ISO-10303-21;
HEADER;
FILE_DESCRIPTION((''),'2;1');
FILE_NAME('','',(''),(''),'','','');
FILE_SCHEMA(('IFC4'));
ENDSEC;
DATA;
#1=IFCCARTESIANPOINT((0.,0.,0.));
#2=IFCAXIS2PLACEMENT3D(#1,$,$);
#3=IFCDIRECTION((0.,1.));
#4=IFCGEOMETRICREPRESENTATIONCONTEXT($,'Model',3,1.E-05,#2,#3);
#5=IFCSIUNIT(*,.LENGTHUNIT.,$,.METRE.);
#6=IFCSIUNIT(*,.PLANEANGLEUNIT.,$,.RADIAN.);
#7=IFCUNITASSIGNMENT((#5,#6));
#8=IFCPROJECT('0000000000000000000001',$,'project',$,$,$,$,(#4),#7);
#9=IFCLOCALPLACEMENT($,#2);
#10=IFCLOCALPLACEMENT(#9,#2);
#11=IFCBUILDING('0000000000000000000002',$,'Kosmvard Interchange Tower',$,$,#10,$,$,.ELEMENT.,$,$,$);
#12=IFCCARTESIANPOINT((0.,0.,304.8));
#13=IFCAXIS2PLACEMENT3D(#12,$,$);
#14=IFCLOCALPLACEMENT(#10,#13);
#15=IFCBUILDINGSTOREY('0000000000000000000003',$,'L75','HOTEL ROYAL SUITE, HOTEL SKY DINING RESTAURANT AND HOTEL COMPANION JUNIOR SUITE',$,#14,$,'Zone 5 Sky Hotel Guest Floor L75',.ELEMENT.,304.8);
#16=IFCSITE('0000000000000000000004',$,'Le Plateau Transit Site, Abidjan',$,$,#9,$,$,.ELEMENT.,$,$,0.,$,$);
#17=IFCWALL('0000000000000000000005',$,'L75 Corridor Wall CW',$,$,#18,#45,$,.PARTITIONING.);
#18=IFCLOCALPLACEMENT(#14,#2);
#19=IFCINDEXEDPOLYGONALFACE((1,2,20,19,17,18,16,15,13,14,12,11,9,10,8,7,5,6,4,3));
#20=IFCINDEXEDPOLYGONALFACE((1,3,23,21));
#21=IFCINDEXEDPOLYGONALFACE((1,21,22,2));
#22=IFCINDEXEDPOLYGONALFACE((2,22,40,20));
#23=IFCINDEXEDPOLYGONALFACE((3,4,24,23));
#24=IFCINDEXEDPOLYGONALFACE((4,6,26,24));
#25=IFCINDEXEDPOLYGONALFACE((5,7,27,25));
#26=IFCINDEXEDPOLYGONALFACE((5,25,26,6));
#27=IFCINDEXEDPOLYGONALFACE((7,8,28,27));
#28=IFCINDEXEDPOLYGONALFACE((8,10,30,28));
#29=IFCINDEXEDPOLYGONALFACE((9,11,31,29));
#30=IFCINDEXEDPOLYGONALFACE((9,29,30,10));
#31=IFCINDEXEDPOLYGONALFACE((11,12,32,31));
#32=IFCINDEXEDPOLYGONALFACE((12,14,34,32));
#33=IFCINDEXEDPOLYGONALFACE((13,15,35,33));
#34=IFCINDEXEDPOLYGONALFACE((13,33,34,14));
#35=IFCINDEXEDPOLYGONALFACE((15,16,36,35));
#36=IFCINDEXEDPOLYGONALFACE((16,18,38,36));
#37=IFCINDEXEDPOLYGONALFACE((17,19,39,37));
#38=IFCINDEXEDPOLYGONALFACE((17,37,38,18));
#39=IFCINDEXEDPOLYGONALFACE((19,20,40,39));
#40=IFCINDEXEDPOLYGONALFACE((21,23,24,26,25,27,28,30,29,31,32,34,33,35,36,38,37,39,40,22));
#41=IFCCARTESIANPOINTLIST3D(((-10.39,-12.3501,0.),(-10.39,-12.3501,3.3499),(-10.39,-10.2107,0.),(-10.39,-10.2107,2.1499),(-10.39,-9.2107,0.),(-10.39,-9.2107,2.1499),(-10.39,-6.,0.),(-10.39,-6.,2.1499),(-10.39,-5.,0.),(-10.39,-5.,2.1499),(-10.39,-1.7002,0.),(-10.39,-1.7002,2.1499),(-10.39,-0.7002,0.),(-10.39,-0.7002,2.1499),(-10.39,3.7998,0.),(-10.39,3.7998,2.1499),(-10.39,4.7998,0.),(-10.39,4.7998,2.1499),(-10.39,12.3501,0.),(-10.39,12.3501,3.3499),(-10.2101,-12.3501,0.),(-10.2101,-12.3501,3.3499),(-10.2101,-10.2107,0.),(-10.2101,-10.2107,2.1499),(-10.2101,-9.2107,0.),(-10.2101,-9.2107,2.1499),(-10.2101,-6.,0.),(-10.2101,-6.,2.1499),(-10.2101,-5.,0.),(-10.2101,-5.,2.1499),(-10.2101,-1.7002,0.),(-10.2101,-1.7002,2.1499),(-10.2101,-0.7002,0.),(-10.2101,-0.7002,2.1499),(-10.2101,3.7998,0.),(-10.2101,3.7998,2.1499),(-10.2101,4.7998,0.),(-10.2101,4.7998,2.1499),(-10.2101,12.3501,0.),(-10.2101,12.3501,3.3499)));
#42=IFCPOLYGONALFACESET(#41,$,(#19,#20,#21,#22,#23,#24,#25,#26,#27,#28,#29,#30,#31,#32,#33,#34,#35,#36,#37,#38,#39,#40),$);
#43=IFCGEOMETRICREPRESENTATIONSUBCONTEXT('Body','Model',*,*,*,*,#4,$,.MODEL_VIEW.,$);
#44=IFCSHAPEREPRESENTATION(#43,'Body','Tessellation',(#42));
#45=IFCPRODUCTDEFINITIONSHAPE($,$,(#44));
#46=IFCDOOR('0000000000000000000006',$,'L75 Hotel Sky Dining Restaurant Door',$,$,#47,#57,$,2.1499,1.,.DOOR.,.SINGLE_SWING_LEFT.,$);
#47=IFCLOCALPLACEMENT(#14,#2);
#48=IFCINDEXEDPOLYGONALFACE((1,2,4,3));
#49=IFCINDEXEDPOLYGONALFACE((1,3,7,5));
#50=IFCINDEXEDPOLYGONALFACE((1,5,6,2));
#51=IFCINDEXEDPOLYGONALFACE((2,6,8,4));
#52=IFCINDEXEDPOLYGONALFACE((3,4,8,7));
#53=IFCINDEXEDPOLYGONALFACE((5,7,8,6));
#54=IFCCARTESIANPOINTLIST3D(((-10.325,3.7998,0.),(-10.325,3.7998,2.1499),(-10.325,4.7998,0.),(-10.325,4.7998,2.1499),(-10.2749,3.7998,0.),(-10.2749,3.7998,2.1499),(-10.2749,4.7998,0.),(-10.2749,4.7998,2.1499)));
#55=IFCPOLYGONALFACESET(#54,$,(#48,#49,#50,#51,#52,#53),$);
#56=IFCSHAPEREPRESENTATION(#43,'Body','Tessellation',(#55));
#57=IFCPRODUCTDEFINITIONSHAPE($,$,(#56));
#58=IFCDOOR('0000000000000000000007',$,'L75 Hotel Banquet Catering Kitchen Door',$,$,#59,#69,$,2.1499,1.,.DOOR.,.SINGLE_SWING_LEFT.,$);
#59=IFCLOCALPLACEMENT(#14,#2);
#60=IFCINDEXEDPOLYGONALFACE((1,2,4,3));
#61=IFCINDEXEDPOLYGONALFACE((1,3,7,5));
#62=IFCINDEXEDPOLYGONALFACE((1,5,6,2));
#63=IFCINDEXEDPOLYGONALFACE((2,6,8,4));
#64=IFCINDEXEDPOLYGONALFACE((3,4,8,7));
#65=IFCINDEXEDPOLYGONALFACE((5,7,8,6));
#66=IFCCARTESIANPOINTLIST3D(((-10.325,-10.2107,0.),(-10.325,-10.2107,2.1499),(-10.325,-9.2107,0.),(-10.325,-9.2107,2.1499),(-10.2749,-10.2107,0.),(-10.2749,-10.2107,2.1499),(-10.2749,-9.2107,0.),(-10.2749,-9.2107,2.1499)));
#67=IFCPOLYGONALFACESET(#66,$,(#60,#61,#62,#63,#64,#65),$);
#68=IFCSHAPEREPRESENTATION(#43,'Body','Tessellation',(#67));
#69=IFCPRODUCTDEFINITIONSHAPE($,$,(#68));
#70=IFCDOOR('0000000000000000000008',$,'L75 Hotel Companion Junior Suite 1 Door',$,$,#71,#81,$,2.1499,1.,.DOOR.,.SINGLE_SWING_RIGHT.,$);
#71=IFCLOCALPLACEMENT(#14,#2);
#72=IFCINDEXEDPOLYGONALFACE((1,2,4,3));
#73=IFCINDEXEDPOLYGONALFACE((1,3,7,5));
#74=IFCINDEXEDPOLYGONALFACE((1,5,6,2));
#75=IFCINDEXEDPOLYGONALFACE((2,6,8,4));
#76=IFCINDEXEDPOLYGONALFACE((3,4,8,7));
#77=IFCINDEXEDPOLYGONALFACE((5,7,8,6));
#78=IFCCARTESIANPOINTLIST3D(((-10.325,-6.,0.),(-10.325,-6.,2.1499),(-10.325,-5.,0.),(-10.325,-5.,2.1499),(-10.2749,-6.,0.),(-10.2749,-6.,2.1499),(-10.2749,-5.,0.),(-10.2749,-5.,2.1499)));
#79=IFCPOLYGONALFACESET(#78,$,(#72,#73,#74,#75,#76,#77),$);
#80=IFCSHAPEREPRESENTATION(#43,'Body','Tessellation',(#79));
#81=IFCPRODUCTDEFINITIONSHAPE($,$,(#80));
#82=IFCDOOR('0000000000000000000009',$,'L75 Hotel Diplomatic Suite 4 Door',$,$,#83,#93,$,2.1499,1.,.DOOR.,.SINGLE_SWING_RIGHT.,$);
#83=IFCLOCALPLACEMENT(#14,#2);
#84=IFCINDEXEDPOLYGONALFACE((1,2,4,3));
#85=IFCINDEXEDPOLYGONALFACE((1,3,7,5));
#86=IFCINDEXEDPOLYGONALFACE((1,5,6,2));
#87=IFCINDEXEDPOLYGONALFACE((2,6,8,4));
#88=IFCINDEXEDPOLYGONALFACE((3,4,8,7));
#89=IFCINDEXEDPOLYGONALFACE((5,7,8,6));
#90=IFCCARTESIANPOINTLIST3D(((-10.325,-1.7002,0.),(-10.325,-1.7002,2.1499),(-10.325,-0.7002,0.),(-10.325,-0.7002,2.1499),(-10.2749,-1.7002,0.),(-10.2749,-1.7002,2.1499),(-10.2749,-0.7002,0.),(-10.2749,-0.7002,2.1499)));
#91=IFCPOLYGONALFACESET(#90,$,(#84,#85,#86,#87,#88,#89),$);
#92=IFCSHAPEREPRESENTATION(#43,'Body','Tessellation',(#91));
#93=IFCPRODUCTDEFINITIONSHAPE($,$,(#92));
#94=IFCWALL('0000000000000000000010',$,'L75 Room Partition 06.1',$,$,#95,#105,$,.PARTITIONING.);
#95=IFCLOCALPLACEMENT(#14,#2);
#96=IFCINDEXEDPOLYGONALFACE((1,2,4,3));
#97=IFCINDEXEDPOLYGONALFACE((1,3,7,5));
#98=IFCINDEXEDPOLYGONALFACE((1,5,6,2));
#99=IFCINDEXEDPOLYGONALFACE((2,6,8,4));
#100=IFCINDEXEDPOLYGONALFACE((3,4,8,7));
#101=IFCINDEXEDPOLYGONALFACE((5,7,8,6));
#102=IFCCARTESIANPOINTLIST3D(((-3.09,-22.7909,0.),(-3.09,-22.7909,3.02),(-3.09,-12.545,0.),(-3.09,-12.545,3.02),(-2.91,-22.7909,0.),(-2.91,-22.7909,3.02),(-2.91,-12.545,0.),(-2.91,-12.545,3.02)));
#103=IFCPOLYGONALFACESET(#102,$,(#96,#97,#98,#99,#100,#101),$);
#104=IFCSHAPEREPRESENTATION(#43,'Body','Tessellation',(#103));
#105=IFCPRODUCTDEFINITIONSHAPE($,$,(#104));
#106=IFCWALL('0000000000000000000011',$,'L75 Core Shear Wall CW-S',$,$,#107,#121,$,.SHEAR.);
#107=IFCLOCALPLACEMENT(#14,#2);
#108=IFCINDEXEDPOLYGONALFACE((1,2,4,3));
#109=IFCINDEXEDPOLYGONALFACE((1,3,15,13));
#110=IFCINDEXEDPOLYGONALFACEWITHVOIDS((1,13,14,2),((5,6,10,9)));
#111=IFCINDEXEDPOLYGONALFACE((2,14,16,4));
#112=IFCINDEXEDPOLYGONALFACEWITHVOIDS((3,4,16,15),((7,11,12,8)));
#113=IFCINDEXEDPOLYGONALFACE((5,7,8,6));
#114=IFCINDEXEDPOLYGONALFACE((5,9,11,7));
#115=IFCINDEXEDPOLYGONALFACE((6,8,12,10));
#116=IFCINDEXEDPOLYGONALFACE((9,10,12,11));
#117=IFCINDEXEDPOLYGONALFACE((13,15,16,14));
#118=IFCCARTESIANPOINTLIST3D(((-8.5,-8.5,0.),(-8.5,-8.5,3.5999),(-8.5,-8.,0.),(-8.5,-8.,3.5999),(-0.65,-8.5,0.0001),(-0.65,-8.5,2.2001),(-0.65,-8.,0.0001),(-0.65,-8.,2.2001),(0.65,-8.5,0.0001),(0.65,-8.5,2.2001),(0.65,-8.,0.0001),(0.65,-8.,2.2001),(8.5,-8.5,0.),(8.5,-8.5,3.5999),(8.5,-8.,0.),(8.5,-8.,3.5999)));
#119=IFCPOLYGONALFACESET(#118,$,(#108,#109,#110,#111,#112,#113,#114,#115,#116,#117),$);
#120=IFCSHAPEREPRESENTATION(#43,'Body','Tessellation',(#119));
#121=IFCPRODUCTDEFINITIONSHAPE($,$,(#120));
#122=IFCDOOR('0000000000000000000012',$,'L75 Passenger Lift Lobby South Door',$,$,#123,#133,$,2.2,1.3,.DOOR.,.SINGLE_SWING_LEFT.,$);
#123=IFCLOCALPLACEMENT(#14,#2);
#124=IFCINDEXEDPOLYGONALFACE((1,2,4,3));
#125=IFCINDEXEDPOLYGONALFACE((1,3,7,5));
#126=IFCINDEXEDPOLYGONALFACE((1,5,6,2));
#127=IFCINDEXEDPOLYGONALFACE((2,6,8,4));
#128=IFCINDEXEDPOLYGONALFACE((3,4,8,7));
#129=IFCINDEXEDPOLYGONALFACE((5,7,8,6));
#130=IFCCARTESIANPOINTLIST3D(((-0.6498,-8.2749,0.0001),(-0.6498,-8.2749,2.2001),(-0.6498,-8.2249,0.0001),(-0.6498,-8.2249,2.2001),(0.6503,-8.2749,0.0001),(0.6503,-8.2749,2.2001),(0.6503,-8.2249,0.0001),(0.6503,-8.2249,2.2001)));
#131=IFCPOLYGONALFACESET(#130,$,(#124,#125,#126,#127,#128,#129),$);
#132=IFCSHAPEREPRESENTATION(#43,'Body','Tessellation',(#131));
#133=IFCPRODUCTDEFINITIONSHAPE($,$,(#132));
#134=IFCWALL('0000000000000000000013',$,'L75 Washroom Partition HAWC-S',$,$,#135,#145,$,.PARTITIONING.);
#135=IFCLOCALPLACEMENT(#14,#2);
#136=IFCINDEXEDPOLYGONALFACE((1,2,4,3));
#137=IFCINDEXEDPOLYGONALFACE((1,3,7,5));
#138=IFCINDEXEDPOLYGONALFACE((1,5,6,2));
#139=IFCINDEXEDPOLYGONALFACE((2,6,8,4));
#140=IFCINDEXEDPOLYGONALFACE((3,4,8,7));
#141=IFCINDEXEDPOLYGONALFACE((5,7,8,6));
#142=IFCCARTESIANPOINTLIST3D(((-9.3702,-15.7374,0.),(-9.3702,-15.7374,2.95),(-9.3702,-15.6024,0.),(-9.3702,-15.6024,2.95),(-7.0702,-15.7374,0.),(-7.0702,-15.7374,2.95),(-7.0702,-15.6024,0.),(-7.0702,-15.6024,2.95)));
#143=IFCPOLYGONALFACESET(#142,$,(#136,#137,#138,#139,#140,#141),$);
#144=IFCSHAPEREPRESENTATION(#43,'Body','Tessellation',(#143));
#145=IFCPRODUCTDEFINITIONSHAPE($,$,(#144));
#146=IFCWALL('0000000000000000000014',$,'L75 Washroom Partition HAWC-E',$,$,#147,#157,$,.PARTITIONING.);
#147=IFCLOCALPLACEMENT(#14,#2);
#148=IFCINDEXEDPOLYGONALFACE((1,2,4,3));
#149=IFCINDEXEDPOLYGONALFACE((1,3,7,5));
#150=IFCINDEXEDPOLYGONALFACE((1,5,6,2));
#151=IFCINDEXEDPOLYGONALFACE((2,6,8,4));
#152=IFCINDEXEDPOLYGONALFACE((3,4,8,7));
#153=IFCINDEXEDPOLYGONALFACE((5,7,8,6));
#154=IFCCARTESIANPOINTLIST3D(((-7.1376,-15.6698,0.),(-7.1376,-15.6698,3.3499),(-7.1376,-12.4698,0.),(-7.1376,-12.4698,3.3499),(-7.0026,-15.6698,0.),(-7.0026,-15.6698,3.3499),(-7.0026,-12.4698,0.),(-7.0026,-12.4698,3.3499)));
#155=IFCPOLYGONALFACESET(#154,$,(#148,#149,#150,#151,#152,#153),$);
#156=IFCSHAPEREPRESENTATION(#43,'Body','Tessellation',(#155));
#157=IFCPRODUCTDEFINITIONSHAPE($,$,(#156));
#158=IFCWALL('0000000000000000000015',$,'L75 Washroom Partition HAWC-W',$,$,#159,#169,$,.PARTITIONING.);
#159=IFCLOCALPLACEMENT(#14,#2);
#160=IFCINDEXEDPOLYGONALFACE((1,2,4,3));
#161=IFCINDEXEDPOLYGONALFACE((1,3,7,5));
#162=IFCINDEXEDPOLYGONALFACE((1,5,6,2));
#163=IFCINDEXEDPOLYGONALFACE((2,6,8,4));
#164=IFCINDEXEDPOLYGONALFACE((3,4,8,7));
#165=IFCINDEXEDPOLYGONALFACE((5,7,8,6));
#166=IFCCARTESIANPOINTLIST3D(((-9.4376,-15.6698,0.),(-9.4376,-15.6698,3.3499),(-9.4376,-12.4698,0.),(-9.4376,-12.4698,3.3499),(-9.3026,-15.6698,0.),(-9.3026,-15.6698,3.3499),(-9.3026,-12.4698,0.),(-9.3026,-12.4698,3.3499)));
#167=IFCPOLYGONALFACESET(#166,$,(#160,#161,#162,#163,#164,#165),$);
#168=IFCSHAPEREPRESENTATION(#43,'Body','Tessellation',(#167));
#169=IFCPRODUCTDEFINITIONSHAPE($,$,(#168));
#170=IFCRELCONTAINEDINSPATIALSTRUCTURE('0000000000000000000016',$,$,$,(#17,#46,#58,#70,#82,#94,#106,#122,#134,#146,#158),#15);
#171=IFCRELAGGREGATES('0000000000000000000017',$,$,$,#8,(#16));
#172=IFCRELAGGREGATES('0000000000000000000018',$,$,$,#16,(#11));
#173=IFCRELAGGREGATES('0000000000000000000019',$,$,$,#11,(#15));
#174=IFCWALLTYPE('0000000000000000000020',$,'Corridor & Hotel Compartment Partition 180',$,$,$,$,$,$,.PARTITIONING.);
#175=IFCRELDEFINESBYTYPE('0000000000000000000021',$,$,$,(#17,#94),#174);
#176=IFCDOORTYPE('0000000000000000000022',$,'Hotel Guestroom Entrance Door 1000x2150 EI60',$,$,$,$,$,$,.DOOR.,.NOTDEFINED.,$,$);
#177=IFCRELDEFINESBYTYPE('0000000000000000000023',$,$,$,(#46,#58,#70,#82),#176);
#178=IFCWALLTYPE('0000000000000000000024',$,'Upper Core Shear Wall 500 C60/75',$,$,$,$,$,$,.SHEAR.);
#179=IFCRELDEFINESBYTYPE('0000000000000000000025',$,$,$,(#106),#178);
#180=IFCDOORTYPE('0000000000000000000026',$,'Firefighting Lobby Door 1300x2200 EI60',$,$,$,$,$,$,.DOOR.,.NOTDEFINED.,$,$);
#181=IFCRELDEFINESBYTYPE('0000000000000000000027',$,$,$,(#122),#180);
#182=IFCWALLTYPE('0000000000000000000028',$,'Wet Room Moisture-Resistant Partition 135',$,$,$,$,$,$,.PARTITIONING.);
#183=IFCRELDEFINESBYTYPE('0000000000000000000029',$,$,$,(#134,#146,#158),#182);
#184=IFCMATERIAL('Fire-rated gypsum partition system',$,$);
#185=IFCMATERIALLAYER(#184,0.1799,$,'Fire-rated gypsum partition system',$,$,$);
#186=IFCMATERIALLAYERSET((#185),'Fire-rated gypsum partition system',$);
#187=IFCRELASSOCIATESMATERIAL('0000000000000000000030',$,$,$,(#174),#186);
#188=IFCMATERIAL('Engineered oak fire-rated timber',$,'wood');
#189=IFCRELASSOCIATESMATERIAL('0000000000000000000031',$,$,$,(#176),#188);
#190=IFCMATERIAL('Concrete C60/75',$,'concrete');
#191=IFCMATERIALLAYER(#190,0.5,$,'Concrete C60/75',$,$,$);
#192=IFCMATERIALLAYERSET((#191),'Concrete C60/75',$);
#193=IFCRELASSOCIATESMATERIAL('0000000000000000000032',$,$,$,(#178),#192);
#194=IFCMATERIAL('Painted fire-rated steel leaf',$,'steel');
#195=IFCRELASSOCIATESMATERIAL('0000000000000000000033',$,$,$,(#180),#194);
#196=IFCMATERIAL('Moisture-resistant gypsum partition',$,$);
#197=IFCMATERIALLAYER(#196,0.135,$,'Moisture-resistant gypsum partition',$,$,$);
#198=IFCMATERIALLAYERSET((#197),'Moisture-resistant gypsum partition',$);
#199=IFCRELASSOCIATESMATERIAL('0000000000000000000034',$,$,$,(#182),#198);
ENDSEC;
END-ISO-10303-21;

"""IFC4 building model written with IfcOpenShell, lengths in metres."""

from ifc_helpers import new_model, si_unit, direction, frame, frame_2d, origin, place, context, subcontext, project, spatial, rectangle, extrude, source, transform, mapped, material, layer, layer_set, type_object, element, fill, save


model = new_model("IFC4")

# Units and contexts
model_context = context("Model", 3, precision=1e-05, world=origin(), true_north=direction((0.0, 1.0)))
body_context = subcontext(model_context, "Body", "Model", "MODEL_VIEW")
ifc_project = project(units=[si_unit("LENGTHUNIT", "METRE"), si_unit("PLANEANGLEUNIT", "RADIAN")], contexts=[model_context])

# Site, building, storey
site_placement = place(None, origin())
site = spatial("IfcSite", under=ifc_project, at=site_placement, Name="Le Plateau Transit Site, Abidjan", CompositionType="ELEMENT", RefElevation=0.0)
building_placement = place(site_placement, origin())
building = spatial("IfcBuilding", under=site, at=building_placement, Name="Kosmvard Interchange Tower", CompositionType="ELEMENT")
storey_placement = place(building_placement, frame((0.0, 0.0, 304.8)))
storey = spatial("IfcBuildingStorey", under=building, at=storey_placement, Name="L75", Description="HOTEL ROYAL SUITE, HOTEL SKY DINING RESTAURANT AND HOTEL COMPANION JUNIOR SUITE", LongName="Zone 5 Sky Hotel Guest Floor L75", CompositionType="ELEMENT", Elevation=304.8)

# Wall, openings, doors
ifc_material_1 = material(Name="Fire-rated gypsum partition system")
ifc_layer_1 = layer(ifc_material_1, 0.1799, Name="Fire-rated gypsum partition system")
ifc_layer_set_1 = layer_set([ifc_layer_1], Name="Fire-rated gypsum partition system")
wall_type_1 = type_object("IfcWallType", Name="Corridor & Hotel Compartment Partition 180", PredefinedType="PARTITIONING", material=ifc_layer_set_1)
ifc_material_2 = material(Name="Engineered oak fire-rated timber", Category="wood")
door_type_1 = type_object("IfcDoorType", Name="Hotel Guestroom Entrance Door 1000x2150 EI60", OperationType="NOTDEFINED", PredefinedType="DOOR", material=ifc_material_2)
shared_shape_1 = source(origin(), body_context, "Body", "SweptSolid", [
    extrude(rectangle(XDim=1.0, YDim=2.1499, at=frame_2d((0.5, 1.075))), frame((0.0, 0.0249, 0.0), z_axis=(0.0, -1.0, 0.0), x_axis=(1.0, 0.0, 0.0)), (0.0, 0.0, 1.0), 0.05),
])
wall_1_placement = place(storey_placement, frame((-10.3, -12.3501, 0.0), z_axis=(0.0, 0.0, 1.0), x_axis=(0.0, 1.0, 0.0)))
wall_1 = element("IfcWall", 1, at=wall_1_placement, inside=storey, type_object=wall_type_1, Name="L75 Corridor Wall CW", PredefinedType="PARTITIONING", context=body_context, shape_type="SweptSolid", body=[
    extrude(rectangle(XDim=24.7002, YDim=0.1799, at=frame_2d((12.3501, 0.0))), origin(), (0.0, 0.0, 1.0), 3.3499),
])
opening_1_placement = place(wall_1_placement, frame((16.1499, 0.0, 0.0)))
opening_1 = element("IfcOpeningElement", 2, at=opening_1_placement, cuts=wall_1, PredefinedType="OPENING", context=body_context, shape_type="SweptSolid", body=[
    extrude(rectangle(XDim=1.0, YDim=2.1499, at=frame_2d((0.5, 1.075))), frame((0.0, 0.1001, 0.0), z_axis=(0.0, -1.0, 0.0), x_axis=(1.0, 0.0, 0.0)), (0.0, 0.0, 1.0), 0.2),
])
opening_2_placement = place(wall_1_placement, frame((2.1394, 0.0, 0.0)))
opening_2 = element("IfcOpeningElement", 3, at=opening_2_placement, cuts=wall_1, PredefinedType="OPENING", context=body_context, shape_type="SweptSolid", body=[
    extrude(rectangle(XDim=1.0, YDim=2.1499, at=frame_2d((0.5, 1.075))), frame((0.0, 0.1001, 0.0), z_axis=(0.0, -1.0, 0.0), x_axis=(1.0, 0.0, 0.0)), (0.0, 0.0, 1.0), 0.2),
])
opening_3_placement = place(wall_1_placement, frame((6.3501, 0.0, 0.0)))
opening_3 = element("IfcOpeningElement", 4, at=opening_3_placement, cuts=wall_1, PredefinedType="OPENING", context=body_context, shape_type="SweptSolid", body=[
    extrude(rectangle(XDim=1.0, YDim=2.1499, at=frame_2d((0.5, 1.075))), frame((0.0, 0.1001, 0.0), z_axis=(0.0, -1.0, 0.0), x_axis=(1.0, 0.0, 0.0)), (0.0, 0.0, 1.0), 0.2),
])
opening_4_placement = place(wall_1_placement, frame((10.6499, 0.0, 0.0)))
opening_4 = element("IfcOpeningElement", 5, at=opening_4_placement, cuts=wall_1, PredefinedType="OPENING", context=body_context, shape_type="SweptSolid", body=[
    extrude(rectangle(XDim=1.0, YDim=2.1499, at=frame_2d((0.5, 1.075))), frame((0.0, 0.1001, 0.0), z_axis=(0.0, -1.0, 0.0), x_axis=(1.0, 0.0, 0.0)), (0.0, 0.0, 1.0), 0.2),
])
door_1_placement = place(opening_1_placement, origin())
door_1 = element("IfcDoor", 6, at=door_1_placement, inside=storey, type_object=door_type_1, Name="L75 Hotel Sky Dining Restaurant Door", OperationType="SINGLE_SWING_LEFT", OverallHeight=2.1499, OverallWidth=1.0, PredefinedType="DOOR", context=body_context, shape_type="MappedRepresentation", body=[
    mapped(shared_shape_1, transform((0.0, 0.0, 0.0), scale=1.0)),
])
fill(opening_1, door_1)
door_2_placement = place(opening_2_placement, origin())
door_2 = element("IfcDoor", 7, at=door_2_placement, inside=storey, type_object=door_type_1, Name="L75 Hotel Banquet Catering Kitchen Door", OperationType="SINGLE_SWING_LEFT", OverallHeight=2.1499, OverallWidth=1.0, PredefinedType="DOOR", context=body_context, shape_type="MappedRepresentation", body=[
    mapped(shared_shape_1, transform((0.0, 0.0, 0.0), scale=1.0)),
])
fill(opening_2, door_2)
door_3_placement = place(opening_3_placement, origin())
door_3 = element("IfcDoor", 8, at=door_3_placement, inside=storey, type_object=door_type_1, Name="L75 Hotel Companion Junior Suite 1 Door", OperationType="SINGLE_SWING_RIGHT", OverallHeight=2.1499, OverallWidth=1.0, PredefinedType="DOOR", context=body_context, shape_type="MappedRepresentation", body=[
    mapped(shared_shape_1, transform((0.0, 0.0, 0.0), scale=1.0)),
])
fill(opening_3, door_3)
door_4_placement = place(opening_4_placement, origin())
door_4 = element("IfcDoor", 9, at=door_4_placement, inside=storey, type_object=door_type_1, Name="L75 Hotel Diplomatic Suite 4 Door", OperationType="SINGLE_SWING_RIGHT", OverallHeight=2.1499, OverallWidth=1.0, PredefinedType="DOOR", context=body_context, shape_type="MappedRepresentation", body=[
    mapped(shared_shape_1, transform((0.0, 0.0, 0.0), scale=1.0)),
])
fill(opening_4, door_4)

# Wall
wall_2_placement = place(storey_placement, frame((-3.0, -12.5449, 0.0), z_axis=(0.0, 0.0, 1.0), x_axis=(0.0, -1.0, 0.0)))
element("IfcWall", 10, at=wall_2_placement, inside=storey, type_object=wall_type_1, Name="L75 Room Partition 06.1", PredefinedType="PARTITIONING", context=body_context, shape_type="SweptSolid", body=[
    extrude(rectangle(XDim=10.2458, YDim=0.1799, at=frame_2d((5.123, 0.0))), origin(), (0.0, 0.0, 1.0), 3.02),
])

# Wall, opening, door
ifc_material_3 = material(Name="Concrete C60/75", Category="concrete")
ifc_layer_2 = layer(ifc_material_3, 0.5, Name="Concrete C60/75")
ifc_layer_set_2 = layer_set([ifc_layer_2], Name="Concrete C60/75")
wall_type_2 = type_object("IfcWallType", Name="Upper Core Shear Wall 500 C60/75", PredefinedType="SHEAR", material=ifc_layer_set_2)
wall_3_placement = place(storey_placement, frame((-8.5, -8.25, 0.0), z_axis=(0.0, 0.0, 1.0), x_axis=(1.0, 0.0, 0.0)))
wall_3 = element("IfcWall", 11, at=wall_3_placement, inside=storey, type_object=wall_type_2, Name="L75 Core Shear Wall CW-S", PredefinedType="SHEAR", context=body_context, shape_type="SweptSolid", body=[
    extrude(rectangle(XDim=17.0, YDim=0.5, at=frame_2d((8.5, 0.0))), origin(), (0.0, 0.0, 1.0), 3.5999),
])
opening_5_placement = place(wall_3_placement, frame((7.8501, 0.0, 0.0)))
opening_5 = element("IfcOpeningElement", 12, at=opening_5_placement, cuts=wall_3, PredefinedType="OPENING", context=body_context, shape_type="SweptSolid", body=[
    extrude(rectangle(XDim=1.3, YDim=2.2, at=frame_2d((0.6499, 1.1001))), frame((0.0, 0.26, 0.0), z_axis=(0.0, -1.0, 0.0), x_axis=(1.0, 0.0, 0.0)), (0.0, 0.0, 1.0), 0.52),
])
ifc_material_4 = material(Name="Painted fire-rated steel leaf", Category="steel")
door_type_2 = type_object("IfcDoorType", Name="Firefighting Lobby Door 1300x2200 EI60", OperationType="NOTDEFINED", PredefinedType="DOOR", material=ifc_material_4)
shared_shape_2 = source(origin(), body_context, "Body", "SweptSolid", [
    extrude(rectangle(XDim=1.3, YDim=2.2, at=frame_2d((0.6499, 1.1001))), frame((0.0, 0.0249, 0.0), z_axis=(0.0, -1.0, 0.0), x_axis=(1.0, 0.0, 0.0)), (0.0, 0.0, 1.0), 0.05),
])
door_5_placement = place(opening_5_placement, frame((1.3, 0.0, 0.0), z_axis=(0.0, 0.0, 1.0), x_axis=(-1.0, 0.0, 0.0)))
door_5 = element("IfcDoor", 13, at=door_5_placement, inside=storey, type_object=door_type_2, Name="L75 Passenger Lift Lobby South Door", OperationType="SINGLE_SWING_LEFT", OverallHeight=2.2, OverallWidth=1.3, PredefinedType="DOOR", context=body_context, shape_type="MappedRepresentation", body=[
    mapped(shared_shape_2, transform((0.0, 0.0, 0.0), scale=1.0)),
])
fill(opening_5, door_5)

# Walls
ifc_material_5 = material(Name="Moisture-resistant gypsum partition")
ifc_layer_3 = layer(ifc_material_5, 0.135, Name="Moisture-resistant gypsum partition")
ifc_layer_set_3 = layer_set([ifc_layer_3], Name="Moisture-resistant gypsum partition")
wall_type_3 = type_object("IfcWallType", Name="Wet Room Moisture-Resistant Partition 135", PredefinedType="PARTITIONING", material=ifc_layer_set_3)
wall_4_placement = place(storey_placement, frame((-9.3701, -15.6699, 0.0), z_axis=(0.0, 0.0, 1.0), x_axis=(1.0, 0.0, 0.0)))
element("IfcWall", 14, at=wall_4_placement, inside=storey, type_object=wall_type_3, Name="L75 Washroom Partition HAWC-S", PredefinedType="PARTITIONING", context=body_context, shape_type="SweptSolid", body=[
    extrude(rectangle(XDim=2.3, YDim=0.135, at=frame_2d((1.1499, 0.0))), origin(), (0.0, 0.0, 1.0), 2.95),
])
for number, where, z_axis, x_axis, name in (
    (15, (-7.0701, -15.6699, 0.0), (0.0, 0.0, 1.0), (0.0, 1.0, 0.0), "L75 Washroom Partition HAWC-E"),
    (16, (-9.3701, -15.6699, 0.0), (0.0, 0.0, 1.0), (0.0, 1.0, 0.0), "L75 Washroom Partition HAWC-W"),
):
    element("IfcWall", number, at=place(storey_placement, frame(where, z_axis=z_axis, x_axis=x_axis)), inside=storey, type_object=wall_type_3, Name=name, PredefinedType="PARTITIONING", context=body_context, shape_type="SweptSolid", body=[
        extrude(rectangle(XDim=3.2, YDim=0.135, at=frame_2d((1.6001, 0.0))), origin(), (0.0, 0.0, 1.0), 3.3499),
    ])

save(model, "model.ifc")
